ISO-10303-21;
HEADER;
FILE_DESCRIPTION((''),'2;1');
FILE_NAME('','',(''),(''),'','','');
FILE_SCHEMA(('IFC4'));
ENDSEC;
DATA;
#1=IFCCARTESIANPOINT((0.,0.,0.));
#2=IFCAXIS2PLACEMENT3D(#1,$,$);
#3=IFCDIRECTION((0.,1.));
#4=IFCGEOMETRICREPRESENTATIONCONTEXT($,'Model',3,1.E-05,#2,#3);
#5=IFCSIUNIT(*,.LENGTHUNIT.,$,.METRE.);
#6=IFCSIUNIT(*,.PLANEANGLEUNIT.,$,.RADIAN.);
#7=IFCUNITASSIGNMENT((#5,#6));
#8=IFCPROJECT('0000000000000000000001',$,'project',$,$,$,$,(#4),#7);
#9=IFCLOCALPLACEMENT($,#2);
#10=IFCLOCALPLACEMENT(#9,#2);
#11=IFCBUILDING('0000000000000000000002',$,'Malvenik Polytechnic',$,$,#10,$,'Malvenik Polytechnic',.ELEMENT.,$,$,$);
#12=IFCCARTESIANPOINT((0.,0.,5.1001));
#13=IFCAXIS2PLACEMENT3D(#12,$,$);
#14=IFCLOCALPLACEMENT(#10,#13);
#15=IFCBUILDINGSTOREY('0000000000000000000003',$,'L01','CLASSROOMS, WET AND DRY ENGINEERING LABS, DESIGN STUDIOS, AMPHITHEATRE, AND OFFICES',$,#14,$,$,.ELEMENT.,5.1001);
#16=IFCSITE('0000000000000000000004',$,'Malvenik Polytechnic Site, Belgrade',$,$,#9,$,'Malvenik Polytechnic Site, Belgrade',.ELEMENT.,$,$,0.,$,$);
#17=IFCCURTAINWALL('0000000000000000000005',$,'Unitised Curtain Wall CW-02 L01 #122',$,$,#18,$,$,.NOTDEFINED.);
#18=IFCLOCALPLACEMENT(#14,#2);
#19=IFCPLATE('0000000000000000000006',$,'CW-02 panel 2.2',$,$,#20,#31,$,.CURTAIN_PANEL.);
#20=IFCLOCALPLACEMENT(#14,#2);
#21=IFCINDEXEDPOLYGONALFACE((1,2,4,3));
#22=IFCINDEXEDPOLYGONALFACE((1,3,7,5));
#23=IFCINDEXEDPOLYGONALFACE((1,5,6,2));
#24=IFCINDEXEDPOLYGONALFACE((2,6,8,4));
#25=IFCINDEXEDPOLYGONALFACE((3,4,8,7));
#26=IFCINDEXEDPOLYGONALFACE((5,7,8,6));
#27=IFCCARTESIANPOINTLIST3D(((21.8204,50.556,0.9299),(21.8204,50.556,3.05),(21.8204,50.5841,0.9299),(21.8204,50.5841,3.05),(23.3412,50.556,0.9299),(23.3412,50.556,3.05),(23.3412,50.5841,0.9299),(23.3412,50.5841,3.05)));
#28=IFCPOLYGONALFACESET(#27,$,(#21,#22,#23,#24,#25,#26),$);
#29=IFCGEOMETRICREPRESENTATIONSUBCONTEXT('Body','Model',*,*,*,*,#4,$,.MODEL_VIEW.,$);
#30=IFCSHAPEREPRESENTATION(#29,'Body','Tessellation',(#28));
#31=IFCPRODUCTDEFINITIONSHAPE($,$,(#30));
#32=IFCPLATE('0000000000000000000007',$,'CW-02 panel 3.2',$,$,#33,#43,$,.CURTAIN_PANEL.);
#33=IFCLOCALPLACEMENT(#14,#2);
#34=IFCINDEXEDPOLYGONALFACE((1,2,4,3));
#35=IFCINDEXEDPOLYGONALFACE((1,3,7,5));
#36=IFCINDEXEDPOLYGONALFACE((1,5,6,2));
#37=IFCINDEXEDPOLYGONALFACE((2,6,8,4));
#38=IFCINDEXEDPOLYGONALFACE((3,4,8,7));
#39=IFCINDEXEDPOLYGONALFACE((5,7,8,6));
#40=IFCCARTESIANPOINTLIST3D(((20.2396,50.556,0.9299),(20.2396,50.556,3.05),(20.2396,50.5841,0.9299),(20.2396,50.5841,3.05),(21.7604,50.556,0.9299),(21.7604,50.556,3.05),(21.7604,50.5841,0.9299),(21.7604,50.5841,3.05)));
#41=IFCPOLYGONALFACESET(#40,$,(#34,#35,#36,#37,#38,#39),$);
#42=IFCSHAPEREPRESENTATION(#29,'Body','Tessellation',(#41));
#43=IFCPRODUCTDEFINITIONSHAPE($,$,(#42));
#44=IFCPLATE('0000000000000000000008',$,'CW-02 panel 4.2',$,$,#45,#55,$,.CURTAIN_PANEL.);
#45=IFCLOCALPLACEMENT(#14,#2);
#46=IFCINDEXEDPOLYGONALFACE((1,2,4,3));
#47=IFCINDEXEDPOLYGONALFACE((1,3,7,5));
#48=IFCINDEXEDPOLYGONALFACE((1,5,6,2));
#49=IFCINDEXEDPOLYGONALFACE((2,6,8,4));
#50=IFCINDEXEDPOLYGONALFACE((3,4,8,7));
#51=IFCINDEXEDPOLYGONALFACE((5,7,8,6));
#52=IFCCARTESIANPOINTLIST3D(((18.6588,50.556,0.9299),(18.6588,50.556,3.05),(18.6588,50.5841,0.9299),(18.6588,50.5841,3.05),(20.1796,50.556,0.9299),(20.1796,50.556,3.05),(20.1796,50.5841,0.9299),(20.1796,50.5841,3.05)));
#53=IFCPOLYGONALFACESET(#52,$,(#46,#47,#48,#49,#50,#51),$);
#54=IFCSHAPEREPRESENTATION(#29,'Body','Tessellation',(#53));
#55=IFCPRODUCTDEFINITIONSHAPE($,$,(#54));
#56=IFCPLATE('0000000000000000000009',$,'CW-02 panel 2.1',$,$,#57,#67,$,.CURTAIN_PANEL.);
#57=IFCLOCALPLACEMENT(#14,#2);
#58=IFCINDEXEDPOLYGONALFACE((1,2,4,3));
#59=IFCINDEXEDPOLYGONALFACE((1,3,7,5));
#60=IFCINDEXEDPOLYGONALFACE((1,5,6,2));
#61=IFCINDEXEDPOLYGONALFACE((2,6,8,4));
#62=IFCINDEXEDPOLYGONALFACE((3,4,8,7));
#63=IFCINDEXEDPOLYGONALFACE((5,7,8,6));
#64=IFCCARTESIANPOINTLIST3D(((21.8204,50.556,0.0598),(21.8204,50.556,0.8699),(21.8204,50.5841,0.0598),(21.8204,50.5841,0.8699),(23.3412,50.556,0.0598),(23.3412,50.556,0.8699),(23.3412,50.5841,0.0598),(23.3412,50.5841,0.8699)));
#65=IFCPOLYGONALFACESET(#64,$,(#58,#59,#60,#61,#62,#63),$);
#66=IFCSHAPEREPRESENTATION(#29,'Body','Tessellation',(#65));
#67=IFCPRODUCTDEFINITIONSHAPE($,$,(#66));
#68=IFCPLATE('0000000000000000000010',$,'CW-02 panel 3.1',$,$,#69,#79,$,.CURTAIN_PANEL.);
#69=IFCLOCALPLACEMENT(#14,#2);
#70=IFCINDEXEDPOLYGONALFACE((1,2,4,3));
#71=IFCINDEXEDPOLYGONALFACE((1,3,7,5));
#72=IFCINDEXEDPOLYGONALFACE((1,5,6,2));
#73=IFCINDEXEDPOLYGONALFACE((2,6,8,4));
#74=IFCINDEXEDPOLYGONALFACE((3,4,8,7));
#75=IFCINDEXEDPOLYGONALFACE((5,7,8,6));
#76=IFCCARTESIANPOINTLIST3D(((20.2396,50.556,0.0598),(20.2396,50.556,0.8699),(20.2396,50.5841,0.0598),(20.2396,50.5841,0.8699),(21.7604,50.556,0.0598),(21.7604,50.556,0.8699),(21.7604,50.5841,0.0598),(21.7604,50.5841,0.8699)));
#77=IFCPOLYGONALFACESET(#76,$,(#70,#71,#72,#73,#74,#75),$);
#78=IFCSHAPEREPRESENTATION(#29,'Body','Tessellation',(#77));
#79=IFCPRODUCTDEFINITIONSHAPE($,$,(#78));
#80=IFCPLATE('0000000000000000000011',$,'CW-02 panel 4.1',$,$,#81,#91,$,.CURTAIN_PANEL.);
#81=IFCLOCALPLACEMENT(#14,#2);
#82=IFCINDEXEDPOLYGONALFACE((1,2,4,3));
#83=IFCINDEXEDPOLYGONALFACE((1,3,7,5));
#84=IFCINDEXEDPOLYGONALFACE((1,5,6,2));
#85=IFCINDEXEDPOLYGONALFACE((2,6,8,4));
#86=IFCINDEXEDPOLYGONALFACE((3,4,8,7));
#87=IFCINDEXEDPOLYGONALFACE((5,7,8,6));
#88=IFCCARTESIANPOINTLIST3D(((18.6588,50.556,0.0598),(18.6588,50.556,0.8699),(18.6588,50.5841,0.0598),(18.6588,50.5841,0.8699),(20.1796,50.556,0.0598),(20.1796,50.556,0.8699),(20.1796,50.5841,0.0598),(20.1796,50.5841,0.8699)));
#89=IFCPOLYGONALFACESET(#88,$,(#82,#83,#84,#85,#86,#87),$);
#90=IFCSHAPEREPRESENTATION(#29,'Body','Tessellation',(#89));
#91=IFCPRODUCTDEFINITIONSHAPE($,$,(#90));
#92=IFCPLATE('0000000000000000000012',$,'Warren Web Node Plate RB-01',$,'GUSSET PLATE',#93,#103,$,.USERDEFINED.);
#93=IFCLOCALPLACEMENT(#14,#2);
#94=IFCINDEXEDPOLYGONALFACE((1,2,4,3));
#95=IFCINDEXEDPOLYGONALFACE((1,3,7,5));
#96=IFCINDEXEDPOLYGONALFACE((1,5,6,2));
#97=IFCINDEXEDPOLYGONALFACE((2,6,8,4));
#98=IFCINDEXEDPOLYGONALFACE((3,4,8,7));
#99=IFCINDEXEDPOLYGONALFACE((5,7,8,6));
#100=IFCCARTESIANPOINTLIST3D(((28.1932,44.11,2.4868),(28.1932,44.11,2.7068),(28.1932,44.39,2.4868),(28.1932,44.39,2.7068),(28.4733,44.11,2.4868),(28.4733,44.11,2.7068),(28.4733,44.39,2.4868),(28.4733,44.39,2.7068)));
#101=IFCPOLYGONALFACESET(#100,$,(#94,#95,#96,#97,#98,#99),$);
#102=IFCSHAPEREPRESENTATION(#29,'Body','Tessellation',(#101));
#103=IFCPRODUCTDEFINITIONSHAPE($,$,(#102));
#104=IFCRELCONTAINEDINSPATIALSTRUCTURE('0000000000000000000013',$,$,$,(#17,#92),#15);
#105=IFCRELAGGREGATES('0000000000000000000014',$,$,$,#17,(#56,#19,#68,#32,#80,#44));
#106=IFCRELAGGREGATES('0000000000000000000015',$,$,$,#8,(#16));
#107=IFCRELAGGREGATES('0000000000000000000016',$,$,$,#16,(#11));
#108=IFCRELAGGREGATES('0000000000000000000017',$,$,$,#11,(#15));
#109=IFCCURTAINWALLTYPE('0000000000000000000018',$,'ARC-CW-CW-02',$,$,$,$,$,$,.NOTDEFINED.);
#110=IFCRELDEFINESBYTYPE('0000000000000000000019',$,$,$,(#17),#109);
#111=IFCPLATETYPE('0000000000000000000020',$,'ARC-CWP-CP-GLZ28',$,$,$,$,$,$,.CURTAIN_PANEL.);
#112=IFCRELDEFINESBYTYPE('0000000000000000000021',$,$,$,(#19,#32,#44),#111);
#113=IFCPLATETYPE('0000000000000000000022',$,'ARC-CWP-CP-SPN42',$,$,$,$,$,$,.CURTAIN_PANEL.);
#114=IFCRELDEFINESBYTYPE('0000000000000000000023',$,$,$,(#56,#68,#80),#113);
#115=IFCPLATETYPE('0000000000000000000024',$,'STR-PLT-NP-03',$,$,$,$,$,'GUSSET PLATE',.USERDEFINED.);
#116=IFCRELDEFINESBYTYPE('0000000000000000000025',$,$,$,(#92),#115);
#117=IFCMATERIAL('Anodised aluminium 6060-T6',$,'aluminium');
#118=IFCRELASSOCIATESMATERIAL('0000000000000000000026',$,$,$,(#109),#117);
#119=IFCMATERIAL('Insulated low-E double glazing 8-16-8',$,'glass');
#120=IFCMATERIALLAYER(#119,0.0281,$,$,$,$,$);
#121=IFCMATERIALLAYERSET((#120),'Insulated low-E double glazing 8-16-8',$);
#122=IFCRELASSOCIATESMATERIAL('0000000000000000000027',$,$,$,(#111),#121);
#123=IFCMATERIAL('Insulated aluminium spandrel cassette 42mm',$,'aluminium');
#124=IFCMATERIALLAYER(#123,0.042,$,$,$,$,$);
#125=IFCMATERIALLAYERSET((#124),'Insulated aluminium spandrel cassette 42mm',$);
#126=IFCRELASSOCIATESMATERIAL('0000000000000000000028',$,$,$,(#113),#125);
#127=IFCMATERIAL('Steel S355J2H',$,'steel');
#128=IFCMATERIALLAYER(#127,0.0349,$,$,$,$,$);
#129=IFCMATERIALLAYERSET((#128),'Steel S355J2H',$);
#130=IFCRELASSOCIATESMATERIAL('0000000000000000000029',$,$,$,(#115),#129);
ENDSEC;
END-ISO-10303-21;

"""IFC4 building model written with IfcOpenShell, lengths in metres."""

from ifc_helpers import new_model, si_unit, direction, frame, origin, origin_2d, place, context, subcontext, project, spatial, rectangle, extrude, material, layer, layer_set, type_object, element, aggregate, save


model = new_model("IFC4")

# Units and contexts
model_context = context("Model", 3, precision=1e-05, world=origin(), true_north=direction((0.0, 1.0)))
body_context = subcontext(model_context, "Body", "Model", "MODEL_VIEW")
ifc_project = project(units=[si_unit("LENGTHUNIT", "METRE"), si_unit("PLANEANGLEUNIT", "RADIAN")], contexts=[model_context])

# Site, building, storey
site_placement = place(None, origin())
site = spatial("IfcSite", under=ifc_project, at=site_placement, Name="Malvenik Polytechnic Site, Belgrade", LongName="Malvenik Polytechnic Site, Belgrade", CompositionType="ELEMENT", RefElevation=0.0)
building_placement = place(site_placement, origin())
building = spatial("IfcBuilding", under=site, at=building_placement, Name="Malvenik Polytechnic", LongName="Malvenik Polytechnic", CompositionType="ELEMENT")
storey_placement = place(building_placement, frame((0.0, 0.0, 5.1001)))
storey = spatial("IfcBuildingStorey", under=building, at=storey_placement, Name="L01", Description="CLASSROOMS, WET AND DRY ENGINEERING LABS, DESIGN STUDIOS, AMPHITHEATRE, AND OFFICES", CompositionType="ELEMENT", Elevation=5.1001)

# Curtain wall
ifc_material_1 = material(Name="Anodised aluminium 6060-T6", Category="aluminium")
curtain_wall_type = type_object("IfcCurtainWallType", Name="ARC-CW-CW-02", PredefinedType="NOTDEFINED", material=ifc_material_1)
curtain_wall_placement = place(storey_placement, origin())
curtain_wall = element("IfcCurtainWall", 1, at=curtain_wall_placement, inside=storey, type_object=curtain_wall_type, Name="Unitised Curtain Wall CW-02 L01 #122", PredefinedType="NOTDEFINED")

# Shared definitions
ifc_material_2 = material(Name="Steel S355J2H", Category="steel")

# Plates
ifc_material_3 = material(Name="Insulated low-E double glazing 8-16-8", Category="glass")
ifc_layer_1 = layer(ifc_material_3, 0.0281)
ifc_layer_set_1 = layer_set([ifc_layer_1], Name="Insulated low-E double glazing 8-16-8")
plate_type_1 = type_object("IfcPlateType", Name="ARC-CWP-CP-GLZ28", PredefinedType="CURTAIN_PANEL", material=ifc_layer_set_1)
plate_1_placement = place(storey_placement, frame((22.5808, 50.5701, 0.9299), z_axis=(0.0, 0.0, 1.0), x_axis=(-1.0, 0.0, 0.0)))
plate_1 = element("IfcPlate", 2, at=plate_1_placement, type_object=plate_type_1, Name="CW-02 panel 2.2", PredefinedType="CURTAIN_PANEL", context=body_context, shape_type="SweptSolid", body=[
    extrude(rectangle(XDim=1.5208, YDim=0.0281, at=origin_2d()), origin(), (0.0, 0.0, 1.0), 2.1201),
])
plate_2_placement = place(storey_placement, frame((21.0, 50.5701, 0.9299), z_axis=(0.0, 0.0, 1.0), x_axis=(-1.0, 0.0, 0.0)))
plate_2 = element("IfcPlate", 3, at=plate_2_placement, type_object=plate_type_1, Name="CW-02 panel 3.2", PredefinedType="CURTAIN_PANEL", context=body_context, shape_type="SweptSolid", body=[
    extrude(rectangle(XDim=1.5208, YDim=0.0281, at=origin_2d()), origin(), (0.0, 0.0, 1.0), 2.1201),
])
plate_3_placement = place(storey_placement, frame((19.4192, 50.5701, 0.9299), z_axis=(0.0, 0.0, 1.0), x_axis=(-1.0, 0.0, 0.0)))
plate_3 = element("IfcPlate", 4, at=plate_3_placement, type_object=plate_type_1, Name="CW-02 panel 4.2", PredefinedType="CURTAIN_PANEL", context=body_context, shape_type="SweptSolid", body=[
    extrude(rectangle(XDim=1.5208, YDim=0.0281, at=origin_2d()), origin(), (0.0, 0.0, 1.0), 2.1201),
])
ifc_material_4 = material(Name="Insulated aluminium spandrel cassette 42mm", Category="aluminium")
ifc_layer_2 = layer(ifc_material_4, 0.042)
ifc_layer_set_2 = layer_set([ifc_layer_2], Name="Insulated aluminium spandrel cassette 42mm")
plate_type_2 = type_object("IfcPlateType", Name="ARC-CWP-CP-SPN42", PredefinedType="CURTAIN_PANEL", material=ifc_layer_set_2)
plate_4_placement = place(storey_placement, frame((22.5808, 50.5701, 0.0598), z_axis=(0.0, 0.0, 1.0), x_axis=(-1.0, 0.0, 0.0)))
plate_4 = element("IfcPlate", 5, at=plate_4_placement, type_object=plate_type_2, Name="CW-02 panel 2.1", PredefinedType="CURTAIN_PANEL", context=body_context, shape_type="SweptSolid", body=[
    extrude(rectangle(XDim=1.5208, YDim=0.0281, at=origin_2d()), origin(), (0.0, 0.0, 1.0), 0.8101),
])
plate_5_placement = place(storey_placement, frame((21.0, 50.5701, 0.0598), z_axis=(0.0, 0.0, 1.0), x_axis=(-1.0, 0.0, 0.0)))
plate_5 = element("IfcPlate", 6, at=plate_5_placement, type_object=plate_type_2, Name="CW-02 panel 3.1", PredefinedType="CURTAIN_PANEL", context=body_context, shape_type="SweptSolid", body=[
    extrude(rectangle(XDim=1.5208, YDim=0.0281, at=origin_2d()), origin(), (0.0, 0.0, 1.0), 0.8101),
])
plate_6_placement = place(storey_placement, frame((19.4192, 50.5701, 0.0598), z_axis=(0.0, 0.0, 1.0), x_axis=(-1.0, 0.0, 0.0)))
plate_6 = element("IfcPlate", 7, at=plate_6_placement, type_object=plate_type_2, Name="CW-02 panel 4.1", PredefinedType="CURTAIN_PANEL", context=body_context, shape_type="SweptSolid", body=[
    extrude(rectangle(XDim=1.5208, YDim=0.0281, at=origin_2d()), origin(), (0.0, 0.0, 1.0), 0.8101),
])
aggregate(curtain_wall, [plate_4, plate_1, plate_5, plate_2, plate_6, plate_3])
ifc_layer_3 = layer(ifc_material_2, 0.0349)
ifc_layer_set_3 = layer_set([ifc_layer_3], Name="Steel S355J2H")
plate_type_3 = type_object("IfcPlateType", Name="STR-PLT-NP-03", ElementType="GUSSET PLATE", PredefinedType="USERDEFINED", material=ifc_layer_set_3)
plate_7_placement = place(storey_placement, frame((28.3333, 44.25, 2.4868), z_axis=(0.0, 0.0, 1.0), x_axis=(1.0, 0.0, 0.0)))
element("IfcPlate", 8, at=plate_7_placement, inside=storey, type_object=plate_type_3, Name="Warren Web Node Plate RB-01", ObjectType="GUSSET PLATE", PredefinedType="USERDEFINED", context=body_context, shape_type="SweptSolid", body=[
    extrude(rectangle(XDim=0.28, YDim=0.28, at=origin_2d()), origin(), (0.0, 0.0, 1.0), 0.22),
])

save(model, "model.ifc")
